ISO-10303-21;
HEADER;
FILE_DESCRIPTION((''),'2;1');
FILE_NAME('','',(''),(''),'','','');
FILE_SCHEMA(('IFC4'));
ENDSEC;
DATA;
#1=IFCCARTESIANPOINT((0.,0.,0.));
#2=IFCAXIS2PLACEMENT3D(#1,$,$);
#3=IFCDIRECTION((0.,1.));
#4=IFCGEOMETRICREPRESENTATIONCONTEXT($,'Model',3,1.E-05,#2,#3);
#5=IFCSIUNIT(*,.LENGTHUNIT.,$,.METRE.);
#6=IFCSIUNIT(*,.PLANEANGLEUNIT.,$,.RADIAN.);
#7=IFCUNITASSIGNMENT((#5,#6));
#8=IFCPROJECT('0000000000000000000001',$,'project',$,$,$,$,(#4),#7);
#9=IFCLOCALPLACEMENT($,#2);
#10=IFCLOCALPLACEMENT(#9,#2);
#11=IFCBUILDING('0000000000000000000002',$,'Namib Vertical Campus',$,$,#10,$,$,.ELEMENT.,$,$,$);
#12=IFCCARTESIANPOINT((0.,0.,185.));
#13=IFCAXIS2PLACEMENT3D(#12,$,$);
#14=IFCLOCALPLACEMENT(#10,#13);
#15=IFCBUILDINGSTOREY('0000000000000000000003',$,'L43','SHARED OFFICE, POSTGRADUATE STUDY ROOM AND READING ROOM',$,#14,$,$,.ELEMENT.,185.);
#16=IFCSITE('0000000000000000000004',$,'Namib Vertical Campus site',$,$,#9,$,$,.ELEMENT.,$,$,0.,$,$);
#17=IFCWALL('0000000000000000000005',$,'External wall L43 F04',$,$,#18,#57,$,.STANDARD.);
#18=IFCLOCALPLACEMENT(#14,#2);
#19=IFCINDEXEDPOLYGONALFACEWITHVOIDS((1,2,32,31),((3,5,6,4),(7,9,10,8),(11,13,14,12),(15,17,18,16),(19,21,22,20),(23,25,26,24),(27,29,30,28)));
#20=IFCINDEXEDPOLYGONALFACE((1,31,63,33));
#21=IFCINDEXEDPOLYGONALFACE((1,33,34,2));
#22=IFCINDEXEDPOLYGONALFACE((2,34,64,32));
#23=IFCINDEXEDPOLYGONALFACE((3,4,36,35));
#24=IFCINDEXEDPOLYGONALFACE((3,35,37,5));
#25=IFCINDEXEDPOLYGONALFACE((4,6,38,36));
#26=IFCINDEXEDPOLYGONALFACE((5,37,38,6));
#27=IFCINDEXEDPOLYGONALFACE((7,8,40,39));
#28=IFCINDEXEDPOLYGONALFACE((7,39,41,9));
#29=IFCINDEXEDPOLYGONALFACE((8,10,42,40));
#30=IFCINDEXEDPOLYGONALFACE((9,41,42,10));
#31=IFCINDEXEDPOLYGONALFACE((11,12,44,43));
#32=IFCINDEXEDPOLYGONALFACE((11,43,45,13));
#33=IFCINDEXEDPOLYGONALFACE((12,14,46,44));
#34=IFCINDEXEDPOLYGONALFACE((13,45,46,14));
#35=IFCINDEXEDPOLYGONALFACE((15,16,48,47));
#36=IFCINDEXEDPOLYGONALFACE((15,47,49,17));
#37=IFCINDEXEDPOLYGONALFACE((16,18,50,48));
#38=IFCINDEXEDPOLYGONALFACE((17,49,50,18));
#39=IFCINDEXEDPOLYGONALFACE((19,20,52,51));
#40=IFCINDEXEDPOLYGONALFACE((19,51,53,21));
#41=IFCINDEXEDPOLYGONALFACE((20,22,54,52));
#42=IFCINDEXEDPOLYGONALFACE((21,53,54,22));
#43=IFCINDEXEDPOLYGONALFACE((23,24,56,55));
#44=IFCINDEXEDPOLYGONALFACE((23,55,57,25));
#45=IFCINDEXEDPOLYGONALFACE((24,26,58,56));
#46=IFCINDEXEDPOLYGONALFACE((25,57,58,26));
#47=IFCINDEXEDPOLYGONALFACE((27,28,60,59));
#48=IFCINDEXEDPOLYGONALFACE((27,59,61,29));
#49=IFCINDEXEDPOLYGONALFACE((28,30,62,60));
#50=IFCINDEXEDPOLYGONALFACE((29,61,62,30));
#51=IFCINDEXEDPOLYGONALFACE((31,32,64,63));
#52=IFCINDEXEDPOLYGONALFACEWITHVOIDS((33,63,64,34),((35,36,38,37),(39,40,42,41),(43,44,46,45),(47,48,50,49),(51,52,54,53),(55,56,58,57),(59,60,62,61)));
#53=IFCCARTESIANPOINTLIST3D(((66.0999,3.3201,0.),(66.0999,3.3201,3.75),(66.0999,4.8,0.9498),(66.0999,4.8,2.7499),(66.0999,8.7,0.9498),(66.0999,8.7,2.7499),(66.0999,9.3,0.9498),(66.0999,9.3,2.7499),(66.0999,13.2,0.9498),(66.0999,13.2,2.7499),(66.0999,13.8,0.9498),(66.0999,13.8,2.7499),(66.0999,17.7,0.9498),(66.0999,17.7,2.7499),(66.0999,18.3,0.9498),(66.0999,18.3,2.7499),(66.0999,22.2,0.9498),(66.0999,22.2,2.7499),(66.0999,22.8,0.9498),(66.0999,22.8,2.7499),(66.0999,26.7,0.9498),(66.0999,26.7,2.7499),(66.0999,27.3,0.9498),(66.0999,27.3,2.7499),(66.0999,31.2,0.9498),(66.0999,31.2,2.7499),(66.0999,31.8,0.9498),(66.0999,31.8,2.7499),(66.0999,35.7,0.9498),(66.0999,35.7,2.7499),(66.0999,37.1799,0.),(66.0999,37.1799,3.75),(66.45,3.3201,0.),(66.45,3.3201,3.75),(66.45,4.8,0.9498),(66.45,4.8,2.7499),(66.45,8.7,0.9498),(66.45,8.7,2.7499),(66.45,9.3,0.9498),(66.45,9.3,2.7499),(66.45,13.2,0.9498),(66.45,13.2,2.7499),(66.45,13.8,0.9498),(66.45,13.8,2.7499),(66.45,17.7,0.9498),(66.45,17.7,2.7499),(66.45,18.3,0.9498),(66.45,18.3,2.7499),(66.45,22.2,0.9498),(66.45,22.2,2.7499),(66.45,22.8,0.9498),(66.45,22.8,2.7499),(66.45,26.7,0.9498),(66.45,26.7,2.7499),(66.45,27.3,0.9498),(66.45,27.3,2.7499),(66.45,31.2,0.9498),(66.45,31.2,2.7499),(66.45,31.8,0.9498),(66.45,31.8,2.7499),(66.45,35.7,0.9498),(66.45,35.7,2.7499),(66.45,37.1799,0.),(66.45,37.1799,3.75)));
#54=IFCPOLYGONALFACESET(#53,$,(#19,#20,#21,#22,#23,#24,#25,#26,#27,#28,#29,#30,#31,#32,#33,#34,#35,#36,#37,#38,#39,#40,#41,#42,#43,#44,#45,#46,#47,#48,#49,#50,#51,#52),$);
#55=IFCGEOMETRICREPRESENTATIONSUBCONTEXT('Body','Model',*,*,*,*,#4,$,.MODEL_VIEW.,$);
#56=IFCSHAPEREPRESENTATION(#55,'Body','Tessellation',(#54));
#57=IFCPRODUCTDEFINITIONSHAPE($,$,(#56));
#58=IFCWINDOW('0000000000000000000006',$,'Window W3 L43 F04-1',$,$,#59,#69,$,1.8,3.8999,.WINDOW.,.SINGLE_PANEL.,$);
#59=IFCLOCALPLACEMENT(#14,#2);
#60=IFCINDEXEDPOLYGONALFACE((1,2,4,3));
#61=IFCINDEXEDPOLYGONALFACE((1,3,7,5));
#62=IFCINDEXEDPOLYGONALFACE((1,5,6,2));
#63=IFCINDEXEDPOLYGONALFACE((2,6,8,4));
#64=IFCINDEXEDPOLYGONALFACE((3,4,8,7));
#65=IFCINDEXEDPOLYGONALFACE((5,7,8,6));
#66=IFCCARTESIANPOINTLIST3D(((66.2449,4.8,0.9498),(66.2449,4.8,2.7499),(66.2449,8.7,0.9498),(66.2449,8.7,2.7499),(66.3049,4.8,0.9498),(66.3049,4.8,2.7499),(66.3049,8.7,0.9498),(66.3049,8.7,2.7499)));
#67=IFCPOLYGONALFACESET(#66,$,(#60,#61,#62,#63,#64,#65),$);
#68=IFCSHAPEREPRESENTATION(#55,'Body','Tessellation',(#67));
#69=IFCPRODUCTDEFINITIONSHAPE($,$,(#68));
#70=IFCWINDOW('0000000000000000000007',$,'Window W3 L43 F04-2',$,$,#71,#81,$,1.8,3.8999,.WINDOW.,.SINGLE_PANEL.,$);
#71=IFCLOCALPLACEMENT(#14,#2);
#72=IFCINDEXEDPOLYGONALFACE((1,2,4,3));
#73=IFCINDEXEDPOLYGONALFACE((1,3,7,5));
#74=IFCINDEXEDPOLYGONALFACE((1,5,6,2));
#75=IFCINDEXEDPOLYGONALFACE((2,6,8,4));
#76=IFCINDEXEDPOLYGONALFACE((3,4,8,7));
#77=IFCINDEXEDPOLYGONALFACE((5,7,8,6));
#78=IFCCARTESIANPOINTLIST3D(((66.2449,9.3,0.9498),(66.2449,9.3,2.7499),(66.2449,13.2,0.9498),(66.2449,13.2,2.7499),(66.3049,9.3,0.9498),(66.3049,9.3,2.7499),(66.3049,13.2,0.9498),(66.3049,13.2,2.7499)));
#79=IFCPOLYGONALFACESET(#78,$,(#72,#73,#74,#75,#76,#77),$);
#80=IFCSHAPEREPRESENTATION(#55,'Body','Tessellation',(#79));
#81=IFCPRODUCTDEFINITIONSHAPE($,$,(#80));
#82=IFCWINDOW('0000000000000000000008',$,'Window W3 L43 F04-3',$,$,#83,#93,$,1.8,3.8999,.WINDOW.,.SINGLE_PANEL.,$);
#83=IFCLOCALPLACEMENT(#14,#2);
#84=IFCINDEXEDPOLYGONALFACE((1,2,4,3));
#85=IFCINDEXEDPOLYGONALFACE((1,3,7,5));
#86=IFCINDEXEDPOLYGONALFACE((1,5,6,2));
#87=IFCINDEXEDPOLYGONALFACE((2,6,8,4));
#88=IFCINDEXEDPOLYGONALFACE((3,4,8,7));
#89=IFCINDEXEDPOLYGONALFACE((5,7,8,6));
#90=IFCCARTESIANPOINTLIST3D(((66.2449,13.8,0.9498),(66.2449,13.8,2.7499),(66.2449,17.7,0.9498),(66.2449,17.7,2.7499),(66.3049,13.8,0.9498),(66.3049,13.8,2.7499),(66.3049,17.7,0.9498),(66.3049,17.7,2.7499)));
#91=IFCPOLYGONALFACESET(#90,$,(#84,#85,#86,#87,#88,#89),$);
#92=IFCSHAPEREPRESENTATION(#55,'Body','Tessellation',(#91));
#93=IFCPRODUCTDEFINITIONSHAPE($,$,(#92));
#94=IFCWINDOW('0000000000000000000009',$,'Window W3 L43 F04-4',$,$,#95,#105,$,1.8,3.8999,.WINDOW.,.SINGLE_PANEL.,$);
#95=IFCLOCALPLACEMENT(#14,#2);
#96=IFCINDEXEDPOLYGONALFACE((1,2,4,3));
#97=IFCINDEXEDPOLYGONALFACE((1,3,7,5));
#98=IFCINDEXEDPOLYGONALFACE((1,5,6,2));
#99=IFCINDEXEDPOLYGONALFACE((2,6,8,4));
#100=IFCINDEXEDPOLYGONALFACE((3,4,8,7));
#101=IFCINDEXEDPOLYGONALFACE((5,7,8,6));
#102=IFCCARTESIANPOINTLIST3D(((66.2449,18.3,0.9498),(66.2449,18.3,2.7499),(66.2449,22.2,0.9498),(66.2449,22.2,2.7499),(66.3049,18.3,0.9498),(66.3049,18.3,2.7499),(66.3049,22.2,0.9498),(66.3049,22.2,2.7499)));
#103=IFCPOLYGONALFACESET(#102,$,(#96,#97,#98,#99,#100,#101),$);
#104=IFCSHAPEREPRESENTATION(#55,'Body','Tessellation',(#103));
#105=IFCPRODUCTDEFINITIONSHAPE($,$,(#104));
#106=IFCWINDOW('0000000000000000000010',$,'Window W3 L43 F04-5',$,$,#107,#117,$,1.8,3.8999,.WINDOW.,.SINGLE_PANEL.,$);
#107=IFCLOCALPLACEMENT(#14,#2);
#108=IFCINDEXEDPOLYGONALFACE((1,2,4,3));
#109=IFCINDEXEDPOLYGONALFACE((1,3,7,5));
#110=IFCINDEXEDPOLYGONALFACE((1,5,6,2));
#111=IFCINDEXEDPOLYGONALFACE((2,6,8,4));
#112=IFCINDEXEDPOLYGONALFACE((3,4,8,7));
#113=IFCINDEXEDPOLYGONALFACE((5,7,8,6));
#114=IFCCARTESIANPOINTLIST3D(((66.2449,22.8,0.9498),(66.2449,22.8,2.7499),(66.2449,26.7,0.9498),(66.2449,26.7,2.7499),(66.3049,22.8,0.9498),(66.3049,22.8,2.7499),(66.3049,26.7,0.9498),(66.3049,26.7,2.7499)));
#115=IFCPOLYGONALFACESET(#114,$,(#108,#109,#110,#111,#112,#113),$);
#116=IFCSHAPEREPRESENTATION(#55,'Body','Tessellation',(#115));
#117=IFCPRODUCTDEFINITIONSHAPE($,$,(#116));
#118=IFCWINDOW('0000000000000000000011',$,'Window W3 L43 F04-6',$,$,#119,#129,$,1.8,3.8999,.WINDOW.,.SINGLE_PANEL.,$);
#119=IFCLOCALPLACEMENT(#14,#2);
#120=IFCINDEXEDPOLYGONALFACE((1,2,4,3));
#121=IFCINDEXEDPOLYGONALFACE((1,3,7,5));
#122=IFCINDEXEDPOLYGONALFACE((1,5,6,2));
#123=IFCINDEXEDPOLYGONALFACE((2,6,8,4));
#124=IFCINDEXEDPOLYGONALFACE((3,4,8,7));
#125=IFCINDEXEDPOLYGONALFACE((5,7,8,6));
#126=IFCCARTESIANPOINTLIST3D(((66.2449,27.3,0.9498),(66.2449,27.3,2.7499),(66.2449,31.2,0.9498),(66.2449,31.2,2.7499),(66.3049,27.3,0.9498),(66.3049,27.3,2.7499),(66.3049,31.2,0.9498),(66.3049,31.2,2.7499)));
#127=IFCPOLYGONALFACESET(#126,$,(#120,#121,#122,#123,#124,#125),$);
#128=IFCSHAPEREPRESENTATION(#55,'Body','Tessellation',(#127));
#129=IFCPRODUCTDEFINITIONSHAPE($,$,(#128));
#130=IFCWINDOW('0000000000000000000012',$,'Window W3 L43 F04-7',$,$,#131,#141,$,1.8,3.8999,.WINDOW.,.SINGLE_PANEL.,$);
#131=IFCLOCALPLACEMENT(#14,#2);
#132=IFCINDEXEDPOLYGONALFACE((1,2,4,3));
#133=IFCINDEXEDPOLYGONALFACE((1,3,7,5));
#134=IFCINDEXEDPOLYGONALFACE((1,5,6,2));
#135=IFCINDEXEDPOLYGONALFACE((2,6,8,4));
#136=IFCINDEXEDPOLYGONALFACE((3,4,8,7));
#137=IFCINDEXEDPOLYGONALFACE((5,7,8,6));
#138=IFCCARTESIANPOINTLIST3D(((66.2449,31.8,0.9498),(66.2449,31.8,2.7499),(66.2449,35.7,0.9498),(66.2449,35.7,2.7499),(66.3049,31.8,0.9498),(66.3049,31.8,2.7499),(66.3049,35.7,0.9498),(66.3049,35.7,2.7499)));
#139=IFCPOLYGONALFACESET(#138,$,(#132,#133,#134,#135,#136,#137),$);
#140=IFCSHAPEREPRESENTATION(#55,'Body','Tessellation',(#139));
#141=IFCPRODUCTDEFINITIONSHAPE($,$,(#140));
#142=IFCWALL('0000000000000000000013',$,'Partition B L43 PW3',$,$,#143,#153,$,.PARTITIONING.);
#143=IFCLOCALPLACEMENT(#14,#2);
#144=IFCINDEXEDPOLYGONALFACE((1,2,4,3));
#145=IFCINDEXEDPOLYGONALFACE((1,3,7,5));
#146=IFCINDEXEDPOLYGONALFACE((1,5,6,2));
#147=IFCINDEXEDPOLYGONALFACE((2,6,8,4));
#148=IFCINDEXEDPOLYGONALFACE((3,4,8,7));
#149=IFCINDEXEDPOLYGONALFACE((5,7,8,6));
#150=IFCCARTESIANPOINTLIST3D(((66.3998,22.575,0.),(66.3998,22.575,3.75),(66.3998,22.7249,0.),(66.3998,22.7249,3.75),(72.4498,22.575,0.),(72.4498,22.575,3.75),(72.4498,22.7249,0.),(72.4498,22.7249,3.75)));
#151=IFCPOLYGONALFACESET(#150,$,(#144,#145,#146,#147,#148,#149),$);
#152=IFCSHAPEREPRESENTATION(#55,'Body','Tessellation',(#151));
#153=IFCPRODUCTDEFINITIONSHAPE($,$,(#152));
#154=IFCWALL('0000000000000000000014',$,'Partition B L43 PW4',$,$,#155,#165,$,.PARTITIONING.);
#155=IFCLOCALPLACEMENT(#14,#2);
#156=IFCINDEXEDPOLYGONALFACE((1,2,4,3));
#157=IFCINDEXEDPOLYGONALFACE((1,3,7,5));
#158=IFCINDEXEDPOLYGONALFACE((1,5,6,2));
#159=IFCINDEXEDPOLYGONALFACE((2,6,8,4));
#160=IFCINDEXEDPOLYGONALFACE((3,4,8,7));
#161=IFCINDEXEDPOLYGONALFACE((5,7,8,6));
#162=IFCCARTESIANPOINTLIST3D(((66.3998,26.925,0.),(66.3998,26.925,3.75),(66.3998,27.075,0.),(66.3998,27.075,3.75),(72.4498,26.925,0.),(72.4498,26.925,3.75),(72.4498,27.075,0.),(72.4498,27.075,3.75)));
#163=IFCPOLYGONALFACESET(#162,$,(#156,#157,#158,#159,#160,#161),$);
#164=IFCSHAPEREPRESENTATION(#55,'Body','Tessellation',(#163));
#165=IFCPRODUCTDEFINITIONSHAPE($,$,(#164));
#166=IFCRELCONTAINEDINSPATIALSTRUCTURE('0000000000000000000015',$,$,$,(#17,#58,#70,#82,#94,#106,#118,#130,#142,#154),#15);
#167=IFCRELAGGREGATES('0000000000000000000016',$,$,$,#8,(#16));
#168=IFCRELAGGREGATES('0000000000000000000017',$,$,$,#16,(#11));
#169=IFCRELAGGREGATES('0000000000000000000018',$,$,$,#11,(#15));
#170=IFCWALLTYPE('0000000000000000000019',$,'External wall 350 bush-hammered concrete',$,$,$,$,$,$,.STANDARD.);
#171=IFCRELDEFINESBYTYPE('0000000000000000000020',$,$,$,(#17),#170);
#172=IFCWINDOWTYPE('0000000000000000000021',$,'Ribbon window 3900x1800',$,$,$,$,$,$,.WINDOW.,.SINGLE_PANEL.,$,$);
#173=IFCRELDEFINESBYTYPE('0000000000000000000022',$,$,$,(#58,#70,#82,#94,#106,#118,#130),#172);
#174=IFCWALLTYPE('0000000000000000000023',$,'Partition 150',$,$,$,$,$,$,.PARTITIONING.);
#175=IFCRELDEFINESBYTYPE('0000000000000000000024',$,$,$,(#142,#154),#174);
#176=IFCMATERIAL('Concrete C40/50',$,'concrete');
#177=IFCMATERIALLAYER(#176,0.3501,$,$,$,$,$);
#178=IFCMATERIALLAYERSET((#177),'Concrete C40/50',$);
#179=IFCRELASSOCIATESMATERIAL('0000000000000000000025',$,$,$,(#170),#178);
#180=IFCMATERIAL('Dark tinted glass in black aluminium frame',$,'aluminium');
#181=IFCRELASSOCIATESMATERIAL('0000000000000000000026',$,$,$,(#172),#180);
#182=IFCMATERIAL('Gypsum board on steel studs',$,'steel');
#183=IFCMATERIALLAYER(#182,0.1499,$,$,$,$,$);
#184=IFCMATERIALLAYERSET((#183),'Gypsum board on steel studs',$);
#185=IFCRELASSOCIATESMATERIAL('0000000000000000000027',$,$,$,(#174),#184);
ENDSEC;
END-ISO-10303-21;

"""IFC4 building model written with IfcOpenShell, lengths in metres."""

from ifc_helpers import new_model, si_unit, direction, frame, frame_2d, origin, place, context, subcontext, project, spatial, rectangle, extrude, material, layer, layer_set, type_object, element, fill, save


model = new_model("IFC4")

# Units and contexts
model_context = context("Model", 3, precision=1e-05, world=origin(), true_north=direction((0.0, 1.0)))
body_context = subcontext(model_context, "Body", "Model", "MODEL_VIEW")
ifc_project = project(units=[si_unit("LENGTHUNIT", "METRE"), si_unit("PLANEANGLEUNIT", "RADIAN")], contexts=[model_context])

# Site, building, storey
site_placement = place(None, origin())
site = spatial("IfcSite", under=ifc_project, at=site_placement, Name="Namib Vertical Campus site", CompositionType="ELEMENT", RefElevation=0.0)
building_placement = place(site_placement, origin())
building = spatial("IfcBuilding", under=site, at=building_placement, Name="Namib Vertical Campus", CompositionType="ELEMENT")
storey_placement = place(building_placement, frame((0.0, 0.0, 185.0)))
storey = spatial("IfcBuildingStorey", under=building, at=storey_placement, Name="L43", Description="SHARED OFFICE, POSTGRADUATE STUDY ROOM AND READING ROOM", CompositionType="ELEMENT", Elevation=185.0)

# Shared definitions
ifc_material_1 = material(Name="Concrete C40/50", Category="concrete")
ifc_layer_1 = layer(ifc_material_1, 0.3501)
ifc_layer_set_1 = layer_set([ifc_layer_1], Name="Concrete C40/50")
wall_type_1 = type_object("IfcWallType", Name="External wall 350 bush-hammered concrete", PredefinedType="STANDARD", material=ifc_layer_set_1)

# Wall, openings, windows
wall_1_placement = place(storey_placement, frame((66.2749, 37.1799, 0.0), z_axis=(0.0, 0.0, 1.0), x_axis=(0.0, -1.0, 0.0)))
wall_1 = element("IfcWall", 1, at=wall_1_placement, inside=storey, type_object=wall_type_1, Name="External wall L43 F04", PredefinedType="STANDARD", context=body_context, shape_type="SweptSolid", body=[
    extrude(rectangle(XDim=33.8599, YDim=0.3501, at=frame_2d((16.9299, 0.0))), origin(), (0.0, 0.0, 1.0), 3.75),
])
opening_1_placement = place(wall_1_placement, frame((28.48, 0.0, 0.95)))
opening_1 = element("IfcOpeningElement", 2, at=opening_1_placement, cuts=wall_1, PredefinedType="OPENING", context=body_context, shape_type="SweptSolid", body=[
    extrude(rectangle(XDim=3.8999, YDim=1.8, at=frame_2d((1.95, 0.8999))), frame((0.0, 0.1851, 0.0), z_axis=(0.0, -1.0, 0.0), x_axis=(1.0, 0.0, 0.0)), (0.0, 0.0, 1.0), 0.3701),
])
opening_2_placement = place(wall_1_placement, frame((23.98, 0.0, 0.95)))
opening_2 = element("IfcOpeningElement", 3, at=opening_2_placement, cuts=wall_1, PredefinedType="OPENING", context=body_context, shape_type="SweptSolid", body=[
    extrude(rectangle(XDim=3.8999, YDim=1.8, at=frame_2d((1.95, 0.8999))), frame((0.0, 0.1851, 0.0), z_axis=(0.0, -1.0, 0.0), x_axis=(1.0, 0.0, 0.0)), (0.0, 0.0, 1.0), 0.3701),
])
opening_3_placement = place(wall_1_placement, frame((19.48, 0.0, 0.95)))
opening_3 = element("IfcOpeningElement", 4, at=opening_3_placement, cuts=wall_1, PredefinedType="OPENING", context=body_context, shape_type="SweptSolid", body=[
    extrude(rectangle(XDim=3.8999, YDim=1.8, at=frame_2d((1.95, 0.8999))), frame((0.0, 0.1851, 0.0), z_axis=(0.0, -1.0, 0.0), x_axis=(1.0, 0.0, 0.0)), (0.0, 0.0, 1.0), 0.3701),
])
opening_4_placement = place(wall_1_placement, frame((14.98, 0.0, 0.95)))
opening_4 = element("IfcOpeningElement", 5, at=opening_4_placement, cuts=wall_1, PredefinedType="OPENING", context=body_context, shape_type="SweptSolid", body=[
    extrude(rectangle(XDim=3.8999, YDim=1.8, at=frame_2d((1.95, 0.8999))), frame((0.0, 0.1851, 0.0), z_axis=(0.0, -1.0, 0.0), x_axis=(1.0, 0.0, 0.0)), (0.0, 0.0, 1.0), 0.3701),
])
opening_5_placement = place(wall_1_placement, frame((10.48, 0.0, 0.95)))
opening_5 = element("IfcOpeningElement", 6, at=opening_5_placement, cuts=wall_1, PredefinedType="OPENING", context=body_context, shape_type="SweptSolid", body=[
    extrude(rectangle(XDim=3.8999, YDim=1.8, at=frame_2d((1.95, 0.8999))), frame((0.0, 0.1851, 0.0), z_axis=(0.0, -1.0, 0.0), x_axis=(1.0, 0.0, 0.0)), (0.0, 0.0, 1.0), 0.3701),
])
opening_6_placement = place(wall_1_placement, frame((5.98, 0.0, 0.95)))
opening_6 = element("IfcOpeningElement", 7, at=opening_6_placement, cuts=wall_1, PredefinedType="OPENING", context=body_context, shape_type="SweptSolid", body=[
    extrude(rectangle(XDim=3.8999, YDim=1.8, at=frame_2d((1.95, 0.8999))), frame((0.0, 0.1851, 0.0), z_axis=(0.0, -1.0, 0.0), x_axis=(1.0, 0.0, 0.0)), (0.0, 0.0, 1.0), 0.3701),
])
opening_7_placement = place(wall_1_placement, frame((1.48, 0.0, 0.95)))
opening_7 = element("IfcOpeningElement", 8, at=opening_7_placement, cuts=wall_1, PredefinedType="OPENING", context=body_context, shape_type="SweptSolid", body=[
    extrude(rectangle(XDim=3.8999, YDim=1.8, at=frame_2d((1.95, 0.8999))), frame((0.0, 0.1851, 0.0), z_axis=(0.0, -1.0, 0.0), x_axis=(1.0, 0.0, 0.0)), (0.0, 0.0, 1.0), 0.3701),
])
ifc_material_2 = material(Name="Dark tinted glass in black aluminium frame", Category="aluminium")
window_type = type_object("IfcWindowType", Name="Ribbon window 3900x1800", PartitioningType="SINGLE_PANEL", PredefinedType="WINDOW", material=ifc_material_2)
window_1_placement = place(opening_1_placement, origin())
window_1 = element("IfcWindow", 9, at=window_1_placement, inside=storey, type_object=window_type, Name="Window W3 L43 F04-1", OverallHeight=1.8, OverallWidth=3.8999, PartitioningType="SINGLE_PANEL", PredefinedType="WINDOW", context=body_context, shape_type="SweptSolid", body=[
    extrude(rectangle(XDim=3.8999, YDim=1.8, at=frame_2d((1.95, 0.8999))), frame((0.0, 0.03, 0.0), z_axis=(0.0, -1.0, 0.0), x_axis=(1.0, 0.0, 0.0)), (0.0, 0.0, 1.0), 0.0601),
])
fill(opening_1, window_1)
window_2_placement = place(opening_2_placement, origin())
window_2 = element("IfcWindow", 10, at=window_2_placement, inside=storey, type_object=window_type, Name="Window W3 L43 F04-2", OverallHeight=1.8, OverallWidth=3.8999, PartitioningType="SINGLE_PANEL", PredefinedType="WINDOW", context=body_context, shape_type="SweptSolid", body=[
    extrude(rectangle(XDim=3.8999, YDim=1.8, at=frame_2d((1.95, 0.8999))), frame((0.0, 0.03, 0.0), z_axis=(0.0, -1.0, 0.0), x_axis=(1.0, 0.0, 0.0)), (0.0, 0.0, 1.0), 0.0601),
])
fill(opening_2, window_2)
window_3_placement = place(opening_3_placement, origin())
window_3 = element("IfcWindow", 11, at=window_3_placement, inside=storey, type_object=window_type, Name="Window W3 L43 F04-3", OverallHeight=1.8, OverallWidth=3.8999, PartitioningType="SINGLE_PANEL", PredefinedType="WINDOW", context=body_context, shape_type="SweptSolid", body=[
    extrude(rectangle(XDim=3.8999, YDim=1.8, at=frame_2d((1.95, 0.8999))), frame((0.0, 0.03, 0.0), z_axis=(0.0, -1.0, 0.0), x_axis=(1.0, 0.0, 0.0)), (0.0, 0.0, 1.0), 0.0601),
])
fill(opening_3, window_3)
window_4_placement = place(opening_4_placement, origin())
window_4 = element("IfcWindow", 12, at=window_4_placement, inside=storey, type_object=window_type, Name="Window W3 L43 F04-4", OverallHeight=1.8, OverallWidth=3.8999, PartitioningType="SINGLE_PANEL", PredefinedType="WINDOW", context=body_context, shape_type="SweptSolid", body=[
    extrude(rectangle(XDim=3.8999, YDim=1.8, at=frame_2d((1.95, 0.8999))), frame((0.0, 0.03, 0.0), z_axis=(0.0, -1.0, 0.0), x_axis=(1.0, 0.0, 0.0)), (0.0, 0.0, 1.0), 0.0601),
])
fill(opening_4, window_4)
window_5_placement = place(opening_5_placement, origin())
window_5 = element("IfcWindow", 13, at=window_5_placement, inside=storey, type_object=window_type, Name="Window W3 L43 F04-5", OverallHeight=1.8, OverallWidth=3.8999, PartitioningType="SINGLE_PANEL", PredefinedType="WINDOW", context=body_context, shape_type="SweptSolid", body=[
    extrude(rectangle(XDim=3.8999, YDim=1.8, at=frame_2d((1.95, 0.8999))), frame((0.0, 0.03, 0.0), z_axis=(0.0, -1.0, 0.0), x_axis=(1.0, 0.0, 0.0)), (0.0, 0.0, 1.0), 0.0601),
])
fill(opening_5, window_5)
window_6_placement = place(opening_6_placement, origin())
window_6 = element("IfcWindow", 14, at=window_6_placement, inside=storey, type_object=window_type, Name="Window W3 L43 F04-6", OverallHeight=1.8, OverallWidth=3.8999, PartitioningType="SINGLE_PANEL", PredefinedType="WINDOW", context=body_context, shape_type="SweptSolid", body=[
    extrude(rectangle(XDim=3.8999, YDim=1.8, at=frame_2d((1.95, 0.8999))), frame((0.0, 0.03, 0.0), z_axis=(0.0, -1.0, 0.0), x_axis=(1.0, 0.0, 0.0)), (0.0, 0.0, 1.0), 0.0601),
])
fill(opening_6, window_6)
window_7_placement = place(opening_7_placement, origin())
window_7 = element("IfcWindow", 15, at=window_7_placement, inside=storey, type_object=window_type, Name="Window W3 L43 F04-7", OverallHeight=1.8, OverallWidth=3.8999, PartitioningType="SINGLE_PANEL", PredefinedType="WINDOW", context=body_context, shape_type="SweptSolid", body=[
    extrude(rectangle(XDim=3.8999, YDim=1.8, at=frame_2d((1.95, 0.8999))), frame((0.0, 0.03, 0.0), z_axis=(0.0, -1.0, 0.0), x_axis=(1.0, 0.0, 0.0)), (0.0, 0.0, 1.0), 0.0601),
])
fill(opening_7, window_7)

# Walls
ifc_material_3 = material(Name="Gypsum board on steel studs", Category="steel")
ifc_layer_2 = layer(ifc_material_3, 0.1499)
ifc_layer_set_2 = layer_set([ifc_layer_2], Name="Gypsum board on steel studs")
wall_type_2 = type_object("IfcWallType", Name="Partition 150", PredefinedType="PARTITIONING", material=ifc_layer_set_2)
for number, where, z_axis, x_axis, name in (
    (16, (66.3999, 22.6499, 0.0), (0.0, 0.0, 1.0), (1.0, 0.0, 0.0), "Partition B L43 PW3"),
    (17, (66.3999, 27.0, 0.0), (0.0, 0.0, 1.0), (1.0, 0.0, 0.0), "Partition B L43 PW4"),
):
    element("IfcWall", number, at=place(storey_placement, frame(where, z_axis=z_axis, x_axis=x_axis)), inside=storey, type_object=wall_type_2, Name=name, PredefinedType="PARTITIONING", context=body_context, shape_type="SweptSolid", body=[
        extrude(rectangle(XDim=6.05, YDim=0.1499, at=frame_2d((3.0249, 0.0))), origin(), (0.0, 0.0, 1.0), 3.75),
    ])

save(model, "model.ifc")
